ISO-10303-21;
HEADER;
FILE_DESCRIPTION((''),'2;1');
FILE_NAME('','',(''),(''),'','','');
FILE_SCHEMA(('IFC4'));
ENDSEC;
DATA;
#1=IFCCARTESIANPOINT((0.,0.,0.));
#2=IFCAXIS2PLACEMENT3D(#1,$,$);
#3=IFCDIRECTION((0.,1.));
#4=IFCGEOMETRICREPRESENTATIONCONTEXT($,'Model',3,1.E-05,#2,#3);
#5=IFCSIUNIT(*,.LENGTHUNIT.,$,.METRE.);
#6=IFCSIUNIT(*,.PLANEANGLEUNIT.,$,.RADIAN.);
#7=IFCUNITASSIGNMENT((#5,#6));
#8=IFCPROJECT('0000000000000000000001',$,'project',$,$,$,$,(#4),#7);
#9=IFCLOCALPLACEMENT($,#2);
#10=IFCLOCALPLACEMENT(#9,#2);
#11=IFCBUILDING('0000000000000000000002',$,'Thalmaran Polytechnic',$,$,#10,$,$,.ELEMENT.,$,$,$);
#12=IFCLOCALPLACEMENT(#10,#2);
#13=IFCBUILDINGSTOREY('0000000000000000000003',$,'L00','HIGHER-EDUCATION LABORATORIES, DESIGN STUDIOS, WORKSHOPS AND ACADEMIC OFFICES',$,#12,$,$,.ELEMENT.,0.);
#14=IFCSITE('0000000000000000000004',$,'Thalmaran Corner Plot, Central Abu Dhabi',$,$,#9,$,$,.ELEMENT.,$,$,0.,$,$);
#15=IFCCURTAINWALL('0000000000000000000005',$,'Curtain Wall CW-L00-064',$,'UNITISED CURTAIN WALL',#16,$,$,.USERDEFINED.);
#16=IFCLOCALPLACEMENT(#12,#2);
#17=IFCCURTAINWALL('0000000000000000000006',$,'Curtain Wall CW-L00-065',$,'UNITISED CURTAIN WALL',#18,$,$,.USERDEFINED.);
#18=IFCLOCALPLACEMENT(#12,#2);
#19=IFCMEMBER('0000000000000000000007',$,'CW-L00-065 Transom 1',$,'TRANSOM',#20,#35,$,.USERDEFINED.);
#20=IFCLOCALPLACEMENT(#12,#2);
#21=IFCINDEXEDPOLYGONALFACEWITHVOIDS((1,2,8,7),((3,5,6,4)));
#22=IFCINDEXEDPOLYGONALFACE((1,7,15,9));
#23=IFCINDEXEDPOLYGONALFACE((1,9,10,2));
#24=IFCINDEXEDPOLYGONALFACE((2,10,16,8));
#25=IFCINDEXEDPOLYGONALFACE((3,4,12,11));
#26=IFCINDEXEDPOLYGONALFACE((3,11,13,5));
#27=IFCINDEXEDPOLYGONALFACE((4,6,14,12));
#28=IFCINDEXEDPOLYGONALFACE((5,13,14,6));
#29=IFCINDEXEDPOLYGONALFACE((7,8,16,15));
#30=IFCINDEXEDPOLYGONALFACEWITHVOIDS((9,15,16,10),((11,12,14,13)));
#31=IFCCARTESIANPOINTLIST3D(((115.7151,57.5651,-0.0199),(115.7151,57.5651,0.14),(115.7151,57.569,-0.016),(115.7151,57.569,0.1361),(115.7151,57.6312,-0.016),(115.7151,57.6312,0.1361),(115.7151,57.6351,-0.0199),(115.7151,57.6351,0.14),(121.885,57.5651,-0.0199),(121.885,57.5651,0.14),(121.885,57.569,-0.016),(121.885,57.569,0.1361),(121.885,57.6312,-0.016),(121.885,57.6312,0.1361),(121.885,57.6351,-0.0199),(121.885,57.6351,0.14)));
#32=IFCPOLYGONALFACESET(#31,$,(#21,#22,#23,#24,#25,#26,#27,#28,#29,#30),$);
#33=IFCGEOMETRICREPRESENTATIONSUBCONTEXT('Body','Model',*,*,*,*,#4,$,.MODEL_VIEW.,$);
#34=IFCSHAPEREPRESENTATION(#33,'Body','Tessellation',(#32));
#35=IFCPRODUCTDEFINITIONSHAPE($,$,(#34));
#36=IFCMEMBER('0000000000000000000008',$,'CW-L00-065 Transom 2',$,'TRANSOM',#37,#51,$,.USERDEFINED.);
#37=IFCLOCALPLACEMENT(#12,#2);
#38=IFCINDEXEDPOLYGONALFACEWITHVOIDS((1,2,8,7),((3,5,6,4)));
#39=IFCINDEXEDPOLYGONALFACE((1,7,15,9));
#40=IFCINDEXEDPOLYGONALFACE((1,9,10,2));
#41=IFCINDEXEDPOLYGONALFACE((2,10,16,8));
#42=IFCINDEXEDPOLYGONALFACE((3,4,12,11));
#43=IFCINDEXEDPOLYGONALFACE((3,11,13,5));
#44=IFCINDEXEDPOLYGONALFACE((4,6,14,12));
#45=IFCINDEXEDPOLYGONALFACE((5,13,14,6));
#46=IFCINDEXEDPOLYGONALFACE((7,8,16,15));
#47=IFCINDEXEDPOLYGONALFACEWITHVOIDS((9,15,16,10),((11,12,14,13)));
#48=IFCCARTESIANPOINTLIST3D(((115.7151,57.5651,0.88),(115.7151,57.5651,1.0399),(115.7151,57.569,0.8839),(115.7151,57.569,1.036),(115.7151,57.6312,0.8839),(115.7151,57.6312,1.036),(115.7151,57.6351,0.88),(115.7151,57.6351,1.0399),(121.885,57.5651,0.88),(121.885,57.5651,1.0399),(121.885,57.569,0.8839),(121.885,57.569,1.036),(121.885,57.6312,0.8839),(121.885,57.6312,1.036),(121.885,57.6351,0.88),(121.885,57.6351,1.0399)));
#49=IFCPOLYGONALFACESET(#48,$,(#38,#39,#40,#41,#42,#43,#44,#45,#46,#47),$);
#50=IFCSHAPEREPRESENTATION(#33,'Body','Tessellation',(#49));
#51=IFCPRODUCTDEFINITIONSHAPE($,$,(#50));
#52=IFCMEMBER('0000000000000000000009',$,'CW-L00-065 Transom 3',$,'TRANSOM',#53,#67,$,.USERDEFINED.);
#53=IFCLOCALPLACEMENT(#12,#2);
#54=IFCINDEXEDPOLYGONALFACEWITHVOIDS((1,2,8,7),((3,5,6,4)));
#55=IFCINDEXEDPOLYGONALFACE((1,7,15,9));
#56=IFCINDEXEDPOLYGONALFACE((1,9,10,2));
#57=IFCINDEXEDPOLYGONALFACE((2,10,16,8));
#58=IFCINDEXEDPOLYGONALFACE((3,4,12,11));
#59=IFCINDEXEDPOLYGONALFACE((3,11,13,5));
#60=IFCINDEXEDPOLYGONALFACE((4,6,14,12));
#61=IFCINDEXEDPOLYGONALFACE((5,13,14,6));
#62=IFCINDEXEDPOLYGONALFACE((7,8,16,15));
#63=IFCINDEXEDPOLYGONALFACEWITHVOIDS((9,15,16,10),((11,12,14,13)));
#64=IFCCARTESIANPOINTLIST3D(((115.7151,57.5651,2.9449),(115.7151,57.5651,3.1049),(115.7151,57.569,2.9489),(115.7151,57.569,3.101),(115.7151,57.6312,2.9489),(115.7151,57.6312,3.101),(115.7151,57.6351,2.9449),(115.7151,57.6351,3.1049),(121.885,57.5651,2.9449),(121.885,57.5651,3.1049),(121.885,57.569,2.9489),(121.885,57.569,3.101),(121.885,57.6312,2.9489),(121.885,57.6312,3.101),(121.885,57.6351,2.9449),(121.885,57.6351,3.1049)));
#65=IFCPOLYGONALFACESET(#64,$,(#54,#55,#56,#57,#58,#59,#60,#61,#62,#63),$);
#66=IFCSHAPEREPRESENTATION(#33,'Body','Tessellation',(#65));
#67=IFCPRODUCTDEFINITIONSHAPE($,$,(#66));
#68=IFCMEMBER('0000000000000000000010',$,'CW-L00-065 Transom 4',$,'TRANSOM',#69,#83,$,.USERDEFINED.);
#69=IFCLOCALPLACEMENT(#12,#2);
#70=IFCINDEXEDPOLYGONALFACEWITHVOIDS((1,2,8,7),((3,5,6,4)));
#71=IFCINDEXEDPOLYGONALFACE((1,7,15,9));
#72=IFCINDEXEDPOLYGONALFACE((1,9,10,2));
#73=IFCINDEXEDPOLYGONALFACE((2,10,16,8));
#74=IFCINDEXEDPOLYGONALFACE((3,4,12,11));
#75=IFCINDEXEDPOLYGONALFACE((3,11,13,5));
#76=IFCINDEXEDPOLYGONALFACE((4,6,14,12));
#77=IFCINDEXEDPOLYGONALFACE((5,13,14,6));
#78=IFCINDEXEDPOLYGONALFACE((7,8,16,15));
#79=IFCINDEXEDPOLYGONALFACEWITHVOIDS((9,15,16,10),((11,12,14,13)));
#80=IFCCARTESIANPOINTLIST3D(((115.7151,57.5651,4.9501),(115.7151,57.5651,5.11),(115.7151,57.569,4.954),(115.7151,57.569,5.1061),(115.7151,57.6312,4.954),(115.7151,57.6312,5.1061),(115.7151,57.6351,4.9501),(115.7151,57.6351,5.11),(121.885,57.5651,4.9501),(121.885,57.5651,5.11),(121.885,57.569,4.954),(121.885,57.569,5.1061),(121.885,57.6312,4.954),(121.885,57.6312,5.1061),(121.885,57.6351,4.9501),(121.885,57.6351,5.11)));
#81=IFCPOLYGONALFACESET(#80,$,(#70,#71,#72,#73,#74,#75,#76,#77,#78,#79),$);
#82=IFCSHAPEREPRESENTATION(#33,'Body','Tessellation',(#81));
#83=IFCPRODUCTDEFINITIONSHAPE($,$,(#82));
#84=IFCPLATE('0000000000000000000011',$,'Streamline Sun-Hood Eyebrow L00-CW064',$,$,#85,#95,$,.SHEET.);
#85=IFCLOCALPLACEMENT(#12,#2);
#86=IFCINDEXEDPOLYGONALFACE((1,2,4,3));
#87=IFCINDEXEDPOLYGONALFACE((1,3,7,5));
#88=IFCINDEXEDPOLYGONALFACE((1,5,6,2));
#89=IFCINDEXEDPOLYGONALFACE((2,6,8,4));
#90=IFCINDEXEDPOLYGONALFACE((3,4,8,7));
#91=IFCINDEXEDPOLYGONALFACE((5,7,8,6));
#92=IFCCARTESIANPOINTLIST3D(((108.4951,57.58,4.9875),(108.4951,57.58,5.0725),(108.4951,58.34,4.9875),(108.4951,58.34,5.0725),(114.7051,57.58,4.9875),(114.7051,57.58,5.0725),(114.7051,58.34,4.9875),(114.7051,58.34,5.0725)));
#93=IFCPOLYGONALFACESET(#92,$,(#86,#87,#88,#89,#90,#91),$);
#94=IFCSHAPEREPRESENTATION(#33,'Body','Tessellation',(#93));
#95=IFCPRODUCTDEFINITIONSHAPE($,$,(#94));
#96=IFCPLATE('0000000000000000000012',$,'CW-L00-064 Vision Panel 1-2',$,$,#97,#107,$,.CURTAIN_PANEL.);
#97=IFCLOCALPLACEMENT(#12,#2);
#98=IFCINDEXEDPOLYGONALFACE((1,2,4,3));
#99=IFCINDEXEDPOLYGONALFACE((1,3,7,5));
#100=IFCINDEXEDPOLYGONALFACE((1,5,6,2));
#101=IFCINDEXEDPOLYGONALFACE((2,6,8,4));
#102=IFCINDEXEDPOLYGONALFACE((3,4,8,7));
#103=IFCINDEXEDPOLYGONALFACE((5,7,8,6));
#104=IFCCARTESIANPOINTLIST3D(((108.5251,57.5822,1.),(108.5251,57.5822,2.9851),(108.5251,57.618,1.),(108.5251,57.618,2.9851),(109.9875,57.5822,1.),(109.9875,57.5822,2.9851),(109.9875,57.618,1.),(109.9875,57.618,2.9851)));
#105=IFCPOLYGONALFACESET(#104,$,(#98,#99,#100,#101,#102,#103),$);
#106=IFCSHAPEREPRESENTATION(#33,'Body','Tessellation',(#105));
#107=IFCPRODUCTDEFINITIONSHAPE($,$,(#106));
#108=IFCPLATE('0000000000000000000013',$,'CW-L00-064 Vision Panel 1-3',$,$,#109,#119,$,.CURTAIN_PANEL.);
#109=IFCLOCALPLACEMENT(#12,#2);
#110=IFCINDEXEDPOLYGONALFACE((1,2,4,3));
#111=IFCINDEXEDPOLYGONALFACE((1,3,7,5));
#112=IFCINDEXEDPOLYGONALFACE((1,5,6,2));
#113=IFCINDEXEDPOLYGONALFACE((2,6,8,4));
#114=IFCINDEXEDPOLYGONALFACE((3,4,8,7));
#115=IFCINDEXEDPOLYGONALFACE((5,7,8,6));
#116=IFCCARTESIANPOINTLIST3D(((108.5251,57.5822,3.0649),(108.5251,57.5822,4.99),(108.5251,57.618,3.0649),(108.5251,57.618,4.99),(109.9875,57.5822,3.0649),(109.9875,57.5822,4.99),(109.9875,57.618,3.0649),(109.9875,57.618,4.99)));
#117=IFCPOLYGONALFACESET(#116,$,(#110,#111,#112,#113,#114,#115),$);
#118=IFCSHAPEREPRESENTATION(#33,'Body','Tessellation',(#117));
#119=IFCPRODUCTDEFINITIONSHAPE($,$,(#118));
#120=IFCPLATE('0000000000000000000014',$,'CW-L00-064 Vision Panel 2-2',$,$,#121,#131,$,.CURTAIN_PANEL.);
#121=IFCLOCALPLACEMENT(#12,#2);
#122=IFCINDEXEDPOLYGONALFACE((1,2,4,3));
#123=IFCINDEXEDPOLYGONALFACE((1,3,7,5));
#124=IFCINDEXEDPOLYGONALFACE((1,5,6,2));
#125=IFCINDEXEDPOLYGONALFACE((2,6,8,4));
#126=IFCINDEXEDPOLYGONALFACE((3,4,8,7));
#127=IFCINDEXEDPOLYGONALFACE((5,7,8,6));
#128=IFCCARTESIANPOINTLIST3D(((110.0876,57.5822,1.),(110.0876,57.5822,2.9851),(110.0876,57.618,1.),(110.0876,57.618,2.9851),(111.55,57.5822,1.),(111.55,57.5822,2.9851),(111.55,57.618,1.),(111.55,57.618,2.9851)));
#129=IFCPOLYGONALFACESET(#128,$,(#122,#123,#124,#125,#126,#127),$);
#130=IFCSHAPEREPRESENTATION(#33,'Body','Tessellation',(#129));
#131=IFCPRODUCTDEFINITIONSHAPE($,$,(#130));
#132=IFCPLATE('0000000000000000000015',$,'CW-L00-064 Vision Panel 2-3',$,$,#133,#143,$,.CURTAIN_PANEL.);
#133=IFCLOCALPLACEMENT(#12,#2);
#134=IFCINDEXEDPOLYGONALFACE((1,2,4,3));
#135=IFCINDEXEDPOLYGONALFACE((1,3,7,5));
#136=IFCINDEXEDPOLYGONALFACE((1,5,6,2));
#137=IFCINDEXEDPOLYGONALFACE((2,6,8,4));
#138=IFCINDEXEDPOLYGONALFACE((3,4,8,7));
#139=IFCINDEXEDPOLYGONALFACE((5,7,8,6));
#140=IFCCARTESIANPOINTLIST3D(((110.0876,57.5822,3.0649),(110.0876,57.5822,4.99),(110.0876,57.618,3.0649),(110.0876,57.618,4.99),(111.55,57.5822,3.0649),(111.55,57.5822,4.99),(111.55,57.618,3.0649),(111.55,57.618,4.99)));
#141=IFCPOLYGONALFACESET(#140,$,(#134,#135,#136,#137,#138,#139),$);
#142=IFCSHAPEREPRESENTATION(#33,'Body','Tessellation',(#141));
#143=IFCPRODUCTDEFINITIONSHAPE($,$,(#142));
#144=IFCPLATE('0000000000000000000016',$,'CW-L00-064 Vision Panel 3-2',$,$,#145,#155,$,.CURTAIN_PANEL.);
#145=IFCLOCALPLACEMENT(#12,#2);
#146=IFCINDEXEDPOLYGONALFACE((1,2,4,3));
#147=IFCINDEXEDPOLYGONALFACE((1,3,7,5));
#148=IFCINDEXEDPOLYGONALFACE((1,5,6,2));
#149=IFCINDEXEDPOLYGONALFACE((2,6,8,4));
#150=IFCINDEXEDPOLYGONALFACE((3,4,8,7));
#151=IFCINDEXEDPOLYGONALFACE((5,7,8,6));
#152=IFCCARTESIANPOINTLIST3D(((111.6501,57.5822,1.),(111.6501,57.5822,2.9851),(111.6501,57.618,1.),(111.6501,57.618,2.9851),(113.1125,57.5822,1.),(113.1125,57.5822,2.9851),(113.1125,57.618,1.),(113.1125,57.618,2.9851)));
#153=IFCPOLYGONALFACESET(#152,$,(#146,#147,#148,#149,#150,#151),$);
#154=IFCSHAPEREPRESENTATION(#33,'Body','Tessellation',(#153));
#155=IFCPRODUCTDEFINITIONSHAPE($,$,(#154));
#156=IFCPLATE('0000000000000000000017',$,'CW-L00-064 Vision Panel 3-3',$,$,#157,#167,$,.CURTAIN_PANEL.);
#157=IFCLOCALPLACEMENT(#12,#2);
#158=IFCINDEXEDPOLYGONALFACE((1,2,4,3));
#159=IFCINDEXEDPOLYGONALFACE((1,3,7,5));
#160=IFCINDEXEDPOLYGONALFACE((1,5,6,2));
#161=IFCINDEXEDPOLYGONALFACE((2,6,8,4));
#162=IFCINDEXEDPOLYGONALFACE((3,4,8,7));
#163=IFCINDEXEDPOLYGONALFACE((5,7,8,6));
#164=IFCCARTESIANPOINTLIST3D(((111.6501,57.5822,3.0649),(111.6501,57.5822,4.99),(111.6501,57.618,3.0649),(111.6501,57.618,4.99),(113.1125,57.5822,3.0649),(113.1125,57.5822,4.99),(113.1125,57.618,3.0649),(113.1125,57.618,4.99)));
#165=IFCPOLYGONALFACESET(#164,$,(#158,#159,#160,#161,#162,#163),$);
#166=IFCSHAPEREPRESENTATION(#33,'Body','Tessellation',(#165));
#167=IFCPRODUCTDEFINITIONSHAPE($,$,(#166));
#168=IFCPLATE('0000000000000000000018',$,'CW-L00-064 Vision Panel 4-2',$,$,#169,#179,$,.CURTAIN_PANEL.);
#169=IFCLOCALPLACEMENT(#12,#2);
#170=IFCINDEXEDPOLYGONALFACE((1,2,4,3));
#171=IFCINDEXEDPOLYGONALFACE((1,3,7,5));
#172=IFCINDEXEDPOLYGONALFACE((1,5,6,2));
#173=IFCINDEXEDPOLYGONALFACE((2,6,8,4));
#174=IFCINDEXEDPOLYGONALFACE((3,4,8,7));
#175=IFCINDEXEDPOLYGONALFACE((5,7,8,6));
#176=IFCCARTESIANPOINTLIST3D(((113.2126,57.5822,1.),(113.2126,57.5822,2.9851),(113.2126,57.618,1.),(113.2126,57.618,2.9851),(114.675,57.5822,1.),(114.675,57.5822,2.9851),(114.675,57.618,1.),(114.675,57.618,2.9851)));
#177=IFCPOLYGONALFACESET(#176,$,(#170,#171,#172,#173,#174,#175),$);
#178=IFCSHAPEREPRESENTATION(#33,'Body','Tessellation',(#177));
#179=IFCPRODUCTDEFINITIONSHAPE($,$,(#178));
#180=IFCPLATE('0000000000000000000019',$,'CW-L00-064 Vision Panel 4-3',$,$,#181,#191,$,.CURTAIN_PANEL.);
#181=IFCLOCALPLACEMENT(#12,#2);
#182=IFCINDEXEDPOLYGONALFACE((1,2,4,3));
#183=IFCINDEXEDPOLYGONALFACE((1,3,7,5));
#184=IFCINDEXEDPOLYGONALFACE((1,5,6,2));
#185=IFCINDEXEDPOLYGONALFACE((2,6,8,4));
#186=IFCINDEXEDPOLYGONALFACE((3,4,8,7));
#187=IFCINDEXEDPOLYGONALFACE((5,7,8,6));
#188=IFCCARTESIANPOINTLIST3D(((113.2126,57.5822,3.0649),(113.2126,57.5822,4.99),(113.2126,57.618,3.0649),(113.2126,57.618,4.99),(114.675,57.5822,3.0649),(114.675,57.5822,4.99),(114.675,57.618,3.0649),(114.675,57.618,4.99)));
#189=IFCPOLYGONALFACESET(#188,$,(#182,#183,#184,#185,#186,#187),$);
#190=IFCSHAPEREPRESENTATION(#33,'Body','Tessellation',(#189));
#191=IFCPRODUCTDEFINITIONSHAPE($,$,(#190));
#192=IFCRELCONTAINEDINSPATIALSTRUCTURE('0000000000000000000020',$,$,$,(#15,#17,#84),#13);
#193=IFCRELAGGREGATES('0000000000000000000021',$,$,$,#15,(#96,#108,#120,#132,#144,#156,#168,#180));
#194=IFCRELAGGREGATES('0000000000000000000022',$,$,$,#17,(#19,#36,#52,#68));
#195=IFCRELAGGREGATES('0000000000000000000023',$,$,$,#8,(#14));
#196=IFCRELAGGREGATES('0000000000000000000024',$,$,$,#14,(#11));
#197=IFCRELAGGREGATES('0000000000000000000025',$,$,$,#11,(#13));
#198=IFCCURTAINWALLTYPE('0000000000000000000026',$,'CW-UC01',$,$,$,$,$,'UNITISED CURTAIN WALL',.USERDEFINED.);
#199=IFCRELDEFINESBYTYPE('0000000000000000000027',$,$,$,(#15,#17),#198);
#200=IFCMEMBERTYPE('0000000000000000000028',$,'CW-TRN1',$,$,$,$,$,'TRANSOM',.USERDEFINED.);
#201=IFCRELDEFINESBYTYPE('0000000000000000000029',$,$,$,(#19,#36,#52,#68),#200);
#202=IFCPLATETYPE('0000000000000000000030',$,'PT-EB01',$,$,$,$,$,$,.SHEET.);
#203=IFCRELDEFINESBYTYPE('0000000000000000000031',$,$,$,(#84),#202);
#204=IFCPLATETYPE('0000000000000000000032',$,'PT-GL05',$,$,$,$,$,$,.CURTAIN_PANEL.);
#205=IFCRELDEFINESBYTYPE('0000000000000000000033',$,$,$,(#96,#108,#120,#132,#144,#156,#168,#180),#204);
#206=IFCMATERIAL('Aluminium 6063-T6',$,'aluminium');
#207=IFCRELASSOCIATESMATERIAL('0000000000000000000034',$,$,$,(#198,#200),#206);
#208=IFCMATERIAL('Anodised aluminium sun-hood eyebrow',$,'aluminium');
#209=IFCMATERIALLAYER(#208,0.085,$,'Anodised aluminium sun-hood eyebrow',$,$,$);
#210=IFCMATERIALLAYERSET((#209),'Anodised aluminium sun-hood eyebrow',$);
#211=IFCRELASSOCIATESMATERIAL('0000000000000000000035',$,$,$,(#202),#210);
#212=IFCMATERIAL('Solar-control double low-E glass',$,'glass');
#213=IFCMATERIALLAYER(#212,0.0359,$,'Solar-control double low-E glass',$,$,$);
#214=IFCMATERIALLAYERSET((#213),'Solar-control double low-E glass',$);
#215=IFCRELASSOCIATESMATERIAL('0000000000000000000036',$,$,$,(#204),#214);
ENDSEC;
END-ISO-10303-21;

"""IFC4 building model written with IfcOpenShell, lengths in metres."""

from ifc_helpers import new_model, si_unit, direction, frame, origin, origin_2d, place, context, subcontext, project, spatial, rectangle, hollow_rectangle, extrude, material, layer, layer_set, material_profile, profile_set, type_object, element, aggregate, save


model = new_model("IFC4")

# Units and contexts
model_context = context("Model", 3, precision=1e-05, world=origin(), true_north=direction((0.0, 1.0)))
body_context = subcontext(model_context, "Body", "Model", "MODEL_VIEW")
ifc_project = project(units=[si_unit("LENGTHUNIT", "METRE"), si_unit("PLANEANGLEUNIT", "RADIAN")], contexts=[model_context])

# Site, building, storey
site_placement = place(None, origin())
site = spatial("IfcSite", under=ifc_project, at=site_placement, Name="Thalmaran Corner Plot, Central Abu Dhabi", CompositionType="ELEMENT", RefElevation=0.0)
building_placement = place(site_placement, origin())
building = spatial("IfcBuilding", under=site, at=building_placement, Name="Thalmaran Polytechnic", CompositionType="ELEMENT")
storey_placement = place(building_placement, origin())
storey = spatial("IfcBuildingStorey", under=building, at=storey_placement, Name="L00", Description="HIGHER-EDUCATION LABORATORIES, DESIGN STUDIOS, WORKSHOPS AND ACADEMIC OFFICES", CompositionType="ELEMENT", Elevation=0.0)

# Curtain wall
ifc_material_1 = material(Name="Aluminium 6063-T6", Category="aluminium")
curtain_wall_type = type_object("IfcCurtainWallType", Name="CW-UC01", ElementType="UNITISED CURTAIN WALL", PredefinedType="USERDEFINED", material=ifc_material_1)
curtain_wall_1_placement = place(storey_placement, origin())
curtain_wall_1 = element("IfcCurtainWall", 1, at=curtain_wall_1_placement, inside=storey, type_object=curtain_wall_type, Name="Curtain Wall CW-L00-064", ObjectType="UNITISED CURTAIN WALL", PredefinedType="USERDEFINED")

# Curtain wall
curtain_wall_2_placement = place(storey_placement, origin())
curtain_wall_2 = element("IfcCurtainWall", 2, at=curtain_wall_2_placement, inside=storey, type_object=curtain_wall_type, Name="Curtain Wall CW-L00-065", ObjectType="UNITISED CURTAIN WALL", PredefinedType="USERDEFINED")

# Members
ifc_material_profile_1 = material_profile(ifc_material_1, hollow_rectangle(XDim=0.0701, YDim=0.1599, WallThickness=0.0039, at=origin_2d()), Name="AL 160x70x4.0")
ifc_profile_set_1 = profile_set([ifc_material_profile_1], Name="Aluminium 6063-T6")
member_type_1 = type_object("IfcMemberType", Name="CW-TRN1", ElementType="TRANSOM", PredefinedType="USERDEFINED", material=ifc_profile_set_1)
member_1_placement = place(storey_placement, frame((115.7151, 57.6001, 0.0601), z_axis=(1.0, 0.0, 0.0), x_axis=(0.0, 1.0, 0.0)))
member_1 = element("IfcMember", 3, at=member_1_placement, type_object=member_type_1, Name="CW-L00-065 Transom 1", ObjectType="TRANSOM", PredefinedType="USERDEFINED", context=body_context, shape_type="SweptSolid", body=[
    extrude(hollow_rectangle(XDim=0.0701, YDim=0.1599, WallThickness=0.0039, at=origin_2d()), origin(), (0.0, 0.0, 1.0), 6.1699),
])
member_2_placement = place(storey_placement, frame((115.7151, 57.6001, 0.96), z_axis=(1.0, 0.0, 0.0), x_axis=(0.0, 1.0, 0.0)))
member_2 = element("IfcMember", 4, at=member_2_placement, type_object=member_type_1, Name="CW-L00-065 Transom 2", ObjectType="TRANSOM", PredefinedType="USERDEFINED", context=body_context, shape_type="SweptSolid", body=[
    extrude(hollow_rectangle(XDim=0.0701, YDim=0.1599, WallThickness=0.0039, at=origin_2d()), origin(), (0.0, 0.0, 1.0), 6.1699),
])
member_3_placement = place(storey_placement, frame((115.7151, 57.6001, 3.0249), z_axis=(1.0, 0.0, 0.0), x_axis=(0.0, 1.0, 0.0)))
member_3 = element("IfcMember", 5, at=member_3_placement, type_object=member_type_1, Name="CW-L00-065 Transom 3", ObjectType="TRANSOM", PredefinedType="USERDEFINED", context=body_context, shape_type="SweptSolid", body=[
    extrude(hollow_rectangle(XDim=0.0701, YDim=0.1599, WallThickness=0.0039, at=origin_2d()), origin(), (0.0, 0.0, 1.0), 6.1699),
])
member_4_placement = place(storey_placement, frame((115.7151, 57.6001, 5.03), z_axis=(1.0, 0.0, 0.0), x_axis=(0.0, 1.0, 0.0)))
member_4 = element("IfcMember", 6, at=member_4_placement, type_object=member_type_1, Name="CW-L00-065 Transom 4", ObjectType="TRANSOM", PredefinedType="USERDEFINED", context=body_context, shape_type="SweptSolid", body=[
    extrude(hollow_rectangle(XDim=0.0701, YDim=0.1599, WallThickness=0.0039, at=origin_2d()), origin(), (0.0, 0.0, 1.0), 6.1699),
])

# Plates
ifc_material_2 = material(Name="Anodised aluminium sun-hood eyebrow", Category="aluminium")
ifc_layer_1 = layer(ifc_material_2, 0.085, Name="Anodised aluminium sun-hood eyebrow")
ifc_layer_set_1 = layer_set([ifc_layer_1], Name="Anodised aluminium sun-hood eyebrow")
plate_type_1 = type_object("IfcPlateType", Name="PT-EB01", PredefinedType="SHEET", material=ifc_layer_set_1)
plate_1_placement = place(storey_placement, frame((111.6001, 57.96, 4.9875), z_axis=(0.0, 0.0, 1.0), x_axis=(1.0, 0.0, 0.0)))
element("IfcPlate", 7, at=plate_1_placement, inside=storey, type_object=plate_type_1, Name="Streamline Sun-Hood Eyebrow L00-CW064", PredefinedType="SHEET", context=body_context, shape_type="SweptSolid", body=[
    extrude(rectangle(XDim=6.21, YDim=0.76, at=origin_2d()), origin(), (0.0, 0.0, 1.0), 0.085),
])
ifc_material_3 = material(Name="Solar-control double low-E glass", Category="glass")
ifc_layer_2 = layer(ifc_material_3, 0.0359, Name="Solar-control double low-E glass")
ifc_layer_set_2 = layer_set([ifc_layer_2], Name="Solar-control double low-E glass")
plate_type_2 = type_object("IfcPlateType", Name="PT-GL05", PredefinedType="CURTAIN_PANEL", material=ifc_layer_set_2)
plate_2_placement = place(storey_placement, frame((109.2563, 57.6001, 1.0), z_axis=(0.0, 0.0, 1.0), x_axis=(1.0, 0.0, 0.0)))
plate_2 = element("IfcPlate", 8, at=plate_2_placement, type_object=plate_type_2, Name="CW-L00-064 Vision Panel 1-2", PredefinedType="CURTAIN_PANEL", context=body_context, shape_type="SweptSolid", body=[
    extrude(rectangle(XDim=1.4624, YDim=0.0359, at=origin_2d()), origin(), (0.0, 0.0, 1.0), 1.9851),
])
plate_3_placement = place(storey_placement, frame((109.2563, 57.6001, 3.0649), z_axis=(0.0, 0.0, 1.0), x_axis=(1.0, 0.0, 0.0)))
plate_3 = element("IfcPlate", 9, at=plate_3_placement, type_object=plate_type_2, Name="CW-L00-064 Vision Panel 1-3", PredefinedType="CURTAIN_PANEL", context=body_context, shape_type="SweptSolid", body=[
    extrude(rectangle(XDim=1.4624, YDim=0.0359, at=origin_2d()), origin(), (0.0, 0.0, 1.0), 1.925),
])
plate_4_placement = place(storey_placement, frame((110.8188, 57.6001, 1.0), z_axis=(0.0, 0.0, 1.0), x_axis=(1.0, 0.0, 0.0)))
plate_4 = element("IfcPlate", 10, at=plate_4_placement, type_object=plate_type_2, Name="CW-L00-064 Vision Panel 2-2", PredefinedType="CURTAIN_PANEL", context=body_context, shape_type="SweptSolid", body=[
    extrude(rectangle(XDim=1.4624, YDim=0.0359, at=origin_2d()), origin(), (0.0, 0.0, 1.0), 1.9851),
])
plate_5_placement = place(storey_placement, frame((110.8188, 57.6001, 3.0649), z_axis=(0.0, 0.0, 1.0), x_axis=(1.0, 0.0, 0.0)))
plate_5 = element("IfcPlate", 11, at=plate_5_placement, type_object=plate_type_2, Name="CW-L00-064 Vision Panel 2-3", PredefinedType="CURTAIN_PANEL", context=body_context, shape_type="SweptSolid", body=[
    extrude(rectangle(XDim=1.4624, YDim=0.0359, at=origin_2d()), origin(), (0.0, 0.0, 1.0), 1.925),
])
plate_6_placement = place(storey_placement, frame((112.3813, 57.6001, 1.0), z_axis=(0.0, 0.0, 1.0), x_axis=(1.0, 0.0, 0.0)))
plate_6 = element("IfcPlate", 12, at=plate_6_placement, type_object=plate_type_2, Name="CW-L00-064 Vision Panel 3-2", PredefinedType="CURTAIN_PANEL", context=body_context, shape_type="SweptSolid", body=[
    extrude(rectangle(XDim=1.4624, YDim=0.0359, at=origin_2d()), origin(), (0.0, 0.0, 1.0), 1.9851),
])
plate_7_placement = place(storey_placement, frame((112.3813, 57.6001, 3.0649), z_axis=(0.0, 0.0, 1.0), x_axis=(1.0, 0.0, 0.0)))
plate_7 = element("IfcPlate", 13, at=plate_7_placement, type_object=plate_type_2, Name="CW-L00-064 Vision Panel 3-3", PredefinedType="CURTAIN_PANEL", context=body_context, shape_type="SweptSolid", body=[
    extrude(rectangle(XDim=1.4624, YDim=0.0359, at=origin_2d()), origin(), (0.0, 0.0, 1.0), 1.925),
])
plate_8_placement = place(storey_placement, frame((113.9438, 57.6001, 1.0), z_axis=(0.0, 0.0, 1.0), x_axis=(1.0, 0.0, 0.0)))
plate_8 = element("IfcPlate", 14, at=plate_8_placement, type_object=plate_type_2, Name="CW-L00-064 Vision Panel 4-2", PredefinedType="CURTAIN_PANEL", context=body_context, shape_type="SweptSolid", body=[
    extrude(rectangle(XDim=1.4624, YDim=0.0359, at=origin_2d()), origin(), (0.0, 0.0, 1.0), 1.9851),
])
plate_9_placement = place(storey_placement, frame((113.9438, 57.6001, 3.0649), z_axis=(0.0, 0.0, 1.0), x_axis=(1.0, 0.0, 0.0)))
plate_9 = element("IfcPlate", 15, at=plate_9_placement, type_object=plate_type_2, Name="CW-L00-064 Vision Panel 4-3", PredefinedType="CURTAIN_PANEL", context=body_context, shape_type="SweptSolid", body=[
    extrude(rectangle(XDim=1.4624, YDim=0.0359, at=origin_2d()), origin(), (0.0, 0.0, 1.0), 1.925),
])
aggregate(curtain_wall_1, [plate_2, plate_3, plate_4, plate_5, plate_6, plate_7, plate_8, plate_9])
aggregate(curtain_wall_2, [member_1, member_2, member_3, member_4])

save(model, "model.ifc")
